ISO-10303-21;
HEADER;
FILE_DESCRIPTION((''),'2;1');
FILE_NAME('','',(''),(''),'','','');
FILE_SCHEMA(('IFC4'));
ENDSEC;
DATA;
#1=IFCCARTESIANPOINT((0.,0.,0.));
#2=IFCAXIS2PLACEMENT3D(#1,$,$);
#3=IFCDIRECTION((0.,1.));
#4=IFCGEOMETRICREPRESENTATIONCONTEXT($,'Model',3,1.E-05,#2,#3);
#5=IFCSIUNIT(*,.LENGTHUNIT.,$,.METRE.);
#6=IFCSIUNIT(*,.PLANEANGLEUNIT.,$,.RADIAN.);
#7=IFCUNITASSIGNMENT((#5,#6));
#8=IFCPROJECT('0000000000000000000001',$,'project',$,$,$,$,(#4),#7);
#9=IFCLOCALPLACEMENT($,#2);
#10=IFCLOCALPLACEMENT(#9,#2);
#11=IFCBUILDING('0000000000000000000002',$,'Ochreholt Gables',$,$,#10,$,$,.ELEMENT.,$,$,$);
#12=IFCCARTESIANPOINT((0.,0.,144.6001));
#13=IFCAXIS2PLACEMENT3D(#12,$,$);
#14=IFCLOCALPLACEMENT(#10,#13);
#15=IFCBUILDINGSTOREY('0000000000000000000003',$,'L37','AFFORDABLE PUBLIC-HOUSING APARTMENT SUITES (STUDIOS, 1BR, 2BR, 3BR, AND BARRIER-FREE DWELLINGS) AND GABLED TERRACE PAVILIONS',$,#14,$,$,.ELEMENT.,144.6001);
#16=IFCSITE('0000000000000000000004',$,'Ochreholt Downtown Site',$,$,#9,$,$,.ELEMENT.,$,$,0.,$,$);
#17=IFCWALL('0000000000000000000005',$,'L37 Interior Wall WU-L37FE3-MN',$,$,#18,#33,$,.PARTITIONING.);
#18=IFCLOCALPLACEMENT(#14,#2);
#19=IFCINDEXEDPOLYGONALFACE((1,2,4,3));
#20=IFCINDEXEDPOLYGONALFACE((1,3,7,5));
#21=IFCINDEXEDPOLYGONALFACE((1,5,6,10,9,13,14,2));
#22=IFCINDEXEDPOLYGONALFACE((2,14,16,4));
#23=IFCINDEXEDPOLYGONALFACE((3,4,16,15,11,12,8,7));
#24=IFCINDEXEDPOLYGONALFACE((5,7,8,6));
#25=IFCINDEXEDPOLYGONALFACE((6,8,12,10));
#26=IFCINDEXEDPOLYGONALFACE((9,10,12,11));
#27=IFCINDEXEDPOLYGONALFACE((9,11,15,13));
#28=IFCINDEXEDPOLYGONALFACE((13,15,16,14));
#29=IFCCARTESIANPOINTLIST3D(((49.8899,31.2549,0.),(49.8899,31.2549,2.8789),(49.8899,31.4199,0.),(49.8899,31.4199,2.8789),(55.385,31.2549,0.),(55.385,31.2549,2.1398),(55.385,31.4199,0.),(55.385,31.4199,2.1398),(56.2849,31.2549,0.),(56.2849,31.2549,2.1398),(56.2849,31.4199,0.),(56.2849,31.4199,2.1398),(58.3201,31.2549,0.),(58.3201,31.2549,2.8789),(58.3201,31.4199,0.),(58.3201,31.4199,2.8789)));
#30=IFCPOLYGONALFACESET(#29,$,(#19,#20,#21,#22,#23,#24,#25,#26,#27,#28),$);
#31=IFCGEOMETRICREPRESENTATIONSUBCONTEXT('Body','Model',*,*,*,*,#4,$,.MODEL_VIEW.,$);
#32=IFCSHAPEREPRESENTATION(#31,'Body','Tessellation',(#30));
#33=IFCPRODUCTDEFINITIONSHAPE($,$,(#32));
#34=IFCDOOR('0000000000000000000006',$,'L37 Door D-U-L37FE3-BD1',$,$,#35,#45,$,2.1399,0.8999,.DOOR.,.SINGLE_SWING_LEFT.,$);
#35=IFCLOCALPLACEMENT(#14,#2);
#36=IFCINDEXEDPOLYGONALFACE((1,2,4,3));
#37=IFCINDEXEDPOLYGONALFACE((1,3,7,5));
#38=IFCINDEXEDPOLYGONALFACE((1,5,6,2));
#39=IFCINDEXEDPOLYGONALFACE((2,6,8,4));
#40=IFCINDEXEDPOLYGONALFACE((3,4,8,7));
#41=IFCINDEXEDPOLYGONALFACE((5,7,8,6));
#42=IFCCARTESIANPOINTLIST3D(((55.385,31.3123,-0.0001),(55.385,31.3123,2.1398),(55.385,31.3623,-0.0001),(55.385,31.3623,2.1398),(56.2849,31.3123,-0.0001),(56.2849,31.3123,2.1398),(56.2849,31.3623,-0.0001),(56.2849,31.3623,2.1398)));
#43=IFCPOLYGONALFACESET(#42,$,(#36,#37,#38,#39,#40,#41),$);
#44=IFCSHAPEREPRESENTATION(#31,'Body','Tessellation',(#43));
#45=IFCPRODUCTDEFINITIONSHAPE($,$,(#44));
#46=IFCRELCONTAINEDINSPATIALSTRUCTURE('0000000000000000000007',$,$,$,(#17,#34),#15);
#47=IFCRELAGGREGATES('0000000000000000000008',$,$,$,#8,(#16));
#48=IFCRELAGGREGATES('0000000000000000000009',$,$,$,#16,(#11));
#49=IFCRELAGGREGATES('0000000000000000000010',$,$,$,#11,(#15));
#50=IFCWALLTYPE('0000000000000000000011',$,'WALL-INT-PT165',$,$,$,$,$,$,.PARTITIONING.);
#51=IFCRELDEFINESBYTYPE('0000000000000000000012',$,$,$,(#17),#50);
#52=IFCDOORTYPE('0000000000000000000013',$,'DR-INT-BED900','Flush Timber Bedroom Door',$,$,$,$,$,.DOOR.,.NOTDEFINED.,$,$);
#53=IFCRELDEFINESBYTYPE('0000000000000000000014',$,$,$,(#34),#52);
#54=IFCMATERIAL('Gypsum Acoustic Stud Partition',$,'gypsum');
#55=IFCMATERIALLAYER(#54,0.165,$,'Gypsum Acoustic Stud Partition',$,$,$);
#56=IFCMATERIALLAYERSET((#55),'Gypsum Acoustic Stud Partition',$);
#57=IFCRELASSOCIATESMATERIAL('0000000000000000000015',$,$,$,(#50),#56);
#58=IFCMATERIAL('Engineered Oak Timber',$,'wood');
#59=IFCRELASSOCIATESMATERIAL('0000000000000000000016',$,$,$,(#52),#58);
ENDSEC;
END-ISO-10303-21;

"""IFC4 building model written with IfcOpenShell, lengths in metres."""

from ifc_helpers import new_model, si_unit, direction, frame, frame_2d, origin, place, context, subcontext, project, spatial, rectangle, extrude, material, layer, layer_set, type_object, element, fill, save


model = new_model("IFC4")

# Units and contexts
model_context = context("Model", 3, precision=1e-05, world=origin(), true_north=direction((0.0, 1.0)))
body_context = subcontext(model_context, "Body", "Model", "MODEL_VIEW")
ifc_project = project(units=[si_unit("LENGTHUNIT", "METRE"), si_unit("PLANEANGLEUNIT", "RADIAN")], contexts=[model_context])

# Site, building, storey
site_placement = place(None, origin())
site = spatial("IfcSite", under=ifc_project, at=site_placement, Name="Ochreholt Downtown Site", CompositionType="ELEMENT", RefElevation=0.0)
building_placement = place(site_placement, origin())
building = spatial("IfcBuilding", under=site, at=building_placement, Name="Ochreholt Gables", CompositionType="ELEMENT")
storey_placement = place(building_placement, frame((0.0, 0.0, 144.6001)))
storey = spatial("IfcBuildingStorey", under=building, at=storey_placement, Name="L37", Description="AFFORDABLE PUBLIC-HOUSING APARTMENT SUITES (STUDIOS, 1BR, 2BR, 3BR, AND BARRIER-FREE DWELLINGS) AND GABLED TERRACE PAVILIONS", CompositionType="ELEMENT", Elevation=144.6001)

# Shared definitions
ifc_material_1 = material(Name="Engineered Oak Timber", Category="wood")

# Wall, opening, door
ifc_material_2 = material(Name="Gypsum Acoustic Stud Partition", Category="gypsum")
ifc_layer_1 = layer(ifc_material_2, 0.165, Name="Gypsum Acoustic Stud Partition")
ifc_layer_set_1 = layer_set([ifc_layer_1], Name="Gypsum Acoustic Stud Partition")
wall_type_1 = type_object("IfcWallType", Name="WALL-INT-PT165", PredefinedType="PARTITIONING", material=ifc_layer_set_1)
wall_1_placement = place(storey_placement, frame((49.8899, 31.3374, 0.0), z_axis=(0.0, 0.0, 1.0), x_axis=(1.0, 0.0, 0.0)))
wall_1 = element("IfcWall", 1, at=wall_1_placement, inside=storey, type_object=wall_type_1, Name="L37 Interior Wall WU-L37FE3-MN", PredefinedType="PARTITIONING", context=body_context, shape_type="SweptSolid", body=[
    extrude(rectangle(XDim=8.4302, YDim=0.165, at=frame_2d((4.2151, 0.0))), origin(), (0.0, 0.0, 1.0), 2.8789),
])
opening_1_placement = place(wall_1_placement, frame((5.4951, 0.0, 0.0)))
opening_1 = element("IfcOpeningElement", 2, at=opening_1_placement, cuts=wall_1, PredefinedType="OPENING", context=body_context, shape_type="SweptSolid", body=[
    extrude(rectangle(XDim=0.8999, YDim=2.1399, at=frame_2d((0.45, 1.0698))), frame((0.0, 0.0925, 0.0), z_axis=(0.0, -1.0, 0.0), x_axis=(1.0, 0.0, 0.0)), (0.0, 0.0, 1.0), 0.1851),
])
door_type_1 = type_object("IfcDoorType", Name="DR-INT-BED900", Description="Flush Timber Bedroom Door", OperationType="NOTDEFINED", PredefinedType="DOOR", material=ifc_material_1)
door_1_placement = place(opening_1_placement, origin())
door_1 = element("IfcDoor", 3, at=door_1_placement, inside=storey, type_object=door_type_1, Name="L37 Door D-U-L37FE3-BD1", OperationType="SINGLE_SWING_LEFT", OverallHeight=2.1399, OverallWidth=0.8999, PredefinedType="DOOR", context=body_context, shape_type="SweptSolid", body=[
    extrude(rectangle(XDim=0.8999, YDim=2.1399, at=frame_2d((0.45, 1.0698))), frame((0.0, 0.0249, 0.0), z_axis=(0.0, -1.0, 0.0), x_axis=(1.0, 0.0, 0.0)), (0.0, 0.0, 1.0), 0.05),
])
fill(opening_1, door_1)

save(model, "model.ifc")
